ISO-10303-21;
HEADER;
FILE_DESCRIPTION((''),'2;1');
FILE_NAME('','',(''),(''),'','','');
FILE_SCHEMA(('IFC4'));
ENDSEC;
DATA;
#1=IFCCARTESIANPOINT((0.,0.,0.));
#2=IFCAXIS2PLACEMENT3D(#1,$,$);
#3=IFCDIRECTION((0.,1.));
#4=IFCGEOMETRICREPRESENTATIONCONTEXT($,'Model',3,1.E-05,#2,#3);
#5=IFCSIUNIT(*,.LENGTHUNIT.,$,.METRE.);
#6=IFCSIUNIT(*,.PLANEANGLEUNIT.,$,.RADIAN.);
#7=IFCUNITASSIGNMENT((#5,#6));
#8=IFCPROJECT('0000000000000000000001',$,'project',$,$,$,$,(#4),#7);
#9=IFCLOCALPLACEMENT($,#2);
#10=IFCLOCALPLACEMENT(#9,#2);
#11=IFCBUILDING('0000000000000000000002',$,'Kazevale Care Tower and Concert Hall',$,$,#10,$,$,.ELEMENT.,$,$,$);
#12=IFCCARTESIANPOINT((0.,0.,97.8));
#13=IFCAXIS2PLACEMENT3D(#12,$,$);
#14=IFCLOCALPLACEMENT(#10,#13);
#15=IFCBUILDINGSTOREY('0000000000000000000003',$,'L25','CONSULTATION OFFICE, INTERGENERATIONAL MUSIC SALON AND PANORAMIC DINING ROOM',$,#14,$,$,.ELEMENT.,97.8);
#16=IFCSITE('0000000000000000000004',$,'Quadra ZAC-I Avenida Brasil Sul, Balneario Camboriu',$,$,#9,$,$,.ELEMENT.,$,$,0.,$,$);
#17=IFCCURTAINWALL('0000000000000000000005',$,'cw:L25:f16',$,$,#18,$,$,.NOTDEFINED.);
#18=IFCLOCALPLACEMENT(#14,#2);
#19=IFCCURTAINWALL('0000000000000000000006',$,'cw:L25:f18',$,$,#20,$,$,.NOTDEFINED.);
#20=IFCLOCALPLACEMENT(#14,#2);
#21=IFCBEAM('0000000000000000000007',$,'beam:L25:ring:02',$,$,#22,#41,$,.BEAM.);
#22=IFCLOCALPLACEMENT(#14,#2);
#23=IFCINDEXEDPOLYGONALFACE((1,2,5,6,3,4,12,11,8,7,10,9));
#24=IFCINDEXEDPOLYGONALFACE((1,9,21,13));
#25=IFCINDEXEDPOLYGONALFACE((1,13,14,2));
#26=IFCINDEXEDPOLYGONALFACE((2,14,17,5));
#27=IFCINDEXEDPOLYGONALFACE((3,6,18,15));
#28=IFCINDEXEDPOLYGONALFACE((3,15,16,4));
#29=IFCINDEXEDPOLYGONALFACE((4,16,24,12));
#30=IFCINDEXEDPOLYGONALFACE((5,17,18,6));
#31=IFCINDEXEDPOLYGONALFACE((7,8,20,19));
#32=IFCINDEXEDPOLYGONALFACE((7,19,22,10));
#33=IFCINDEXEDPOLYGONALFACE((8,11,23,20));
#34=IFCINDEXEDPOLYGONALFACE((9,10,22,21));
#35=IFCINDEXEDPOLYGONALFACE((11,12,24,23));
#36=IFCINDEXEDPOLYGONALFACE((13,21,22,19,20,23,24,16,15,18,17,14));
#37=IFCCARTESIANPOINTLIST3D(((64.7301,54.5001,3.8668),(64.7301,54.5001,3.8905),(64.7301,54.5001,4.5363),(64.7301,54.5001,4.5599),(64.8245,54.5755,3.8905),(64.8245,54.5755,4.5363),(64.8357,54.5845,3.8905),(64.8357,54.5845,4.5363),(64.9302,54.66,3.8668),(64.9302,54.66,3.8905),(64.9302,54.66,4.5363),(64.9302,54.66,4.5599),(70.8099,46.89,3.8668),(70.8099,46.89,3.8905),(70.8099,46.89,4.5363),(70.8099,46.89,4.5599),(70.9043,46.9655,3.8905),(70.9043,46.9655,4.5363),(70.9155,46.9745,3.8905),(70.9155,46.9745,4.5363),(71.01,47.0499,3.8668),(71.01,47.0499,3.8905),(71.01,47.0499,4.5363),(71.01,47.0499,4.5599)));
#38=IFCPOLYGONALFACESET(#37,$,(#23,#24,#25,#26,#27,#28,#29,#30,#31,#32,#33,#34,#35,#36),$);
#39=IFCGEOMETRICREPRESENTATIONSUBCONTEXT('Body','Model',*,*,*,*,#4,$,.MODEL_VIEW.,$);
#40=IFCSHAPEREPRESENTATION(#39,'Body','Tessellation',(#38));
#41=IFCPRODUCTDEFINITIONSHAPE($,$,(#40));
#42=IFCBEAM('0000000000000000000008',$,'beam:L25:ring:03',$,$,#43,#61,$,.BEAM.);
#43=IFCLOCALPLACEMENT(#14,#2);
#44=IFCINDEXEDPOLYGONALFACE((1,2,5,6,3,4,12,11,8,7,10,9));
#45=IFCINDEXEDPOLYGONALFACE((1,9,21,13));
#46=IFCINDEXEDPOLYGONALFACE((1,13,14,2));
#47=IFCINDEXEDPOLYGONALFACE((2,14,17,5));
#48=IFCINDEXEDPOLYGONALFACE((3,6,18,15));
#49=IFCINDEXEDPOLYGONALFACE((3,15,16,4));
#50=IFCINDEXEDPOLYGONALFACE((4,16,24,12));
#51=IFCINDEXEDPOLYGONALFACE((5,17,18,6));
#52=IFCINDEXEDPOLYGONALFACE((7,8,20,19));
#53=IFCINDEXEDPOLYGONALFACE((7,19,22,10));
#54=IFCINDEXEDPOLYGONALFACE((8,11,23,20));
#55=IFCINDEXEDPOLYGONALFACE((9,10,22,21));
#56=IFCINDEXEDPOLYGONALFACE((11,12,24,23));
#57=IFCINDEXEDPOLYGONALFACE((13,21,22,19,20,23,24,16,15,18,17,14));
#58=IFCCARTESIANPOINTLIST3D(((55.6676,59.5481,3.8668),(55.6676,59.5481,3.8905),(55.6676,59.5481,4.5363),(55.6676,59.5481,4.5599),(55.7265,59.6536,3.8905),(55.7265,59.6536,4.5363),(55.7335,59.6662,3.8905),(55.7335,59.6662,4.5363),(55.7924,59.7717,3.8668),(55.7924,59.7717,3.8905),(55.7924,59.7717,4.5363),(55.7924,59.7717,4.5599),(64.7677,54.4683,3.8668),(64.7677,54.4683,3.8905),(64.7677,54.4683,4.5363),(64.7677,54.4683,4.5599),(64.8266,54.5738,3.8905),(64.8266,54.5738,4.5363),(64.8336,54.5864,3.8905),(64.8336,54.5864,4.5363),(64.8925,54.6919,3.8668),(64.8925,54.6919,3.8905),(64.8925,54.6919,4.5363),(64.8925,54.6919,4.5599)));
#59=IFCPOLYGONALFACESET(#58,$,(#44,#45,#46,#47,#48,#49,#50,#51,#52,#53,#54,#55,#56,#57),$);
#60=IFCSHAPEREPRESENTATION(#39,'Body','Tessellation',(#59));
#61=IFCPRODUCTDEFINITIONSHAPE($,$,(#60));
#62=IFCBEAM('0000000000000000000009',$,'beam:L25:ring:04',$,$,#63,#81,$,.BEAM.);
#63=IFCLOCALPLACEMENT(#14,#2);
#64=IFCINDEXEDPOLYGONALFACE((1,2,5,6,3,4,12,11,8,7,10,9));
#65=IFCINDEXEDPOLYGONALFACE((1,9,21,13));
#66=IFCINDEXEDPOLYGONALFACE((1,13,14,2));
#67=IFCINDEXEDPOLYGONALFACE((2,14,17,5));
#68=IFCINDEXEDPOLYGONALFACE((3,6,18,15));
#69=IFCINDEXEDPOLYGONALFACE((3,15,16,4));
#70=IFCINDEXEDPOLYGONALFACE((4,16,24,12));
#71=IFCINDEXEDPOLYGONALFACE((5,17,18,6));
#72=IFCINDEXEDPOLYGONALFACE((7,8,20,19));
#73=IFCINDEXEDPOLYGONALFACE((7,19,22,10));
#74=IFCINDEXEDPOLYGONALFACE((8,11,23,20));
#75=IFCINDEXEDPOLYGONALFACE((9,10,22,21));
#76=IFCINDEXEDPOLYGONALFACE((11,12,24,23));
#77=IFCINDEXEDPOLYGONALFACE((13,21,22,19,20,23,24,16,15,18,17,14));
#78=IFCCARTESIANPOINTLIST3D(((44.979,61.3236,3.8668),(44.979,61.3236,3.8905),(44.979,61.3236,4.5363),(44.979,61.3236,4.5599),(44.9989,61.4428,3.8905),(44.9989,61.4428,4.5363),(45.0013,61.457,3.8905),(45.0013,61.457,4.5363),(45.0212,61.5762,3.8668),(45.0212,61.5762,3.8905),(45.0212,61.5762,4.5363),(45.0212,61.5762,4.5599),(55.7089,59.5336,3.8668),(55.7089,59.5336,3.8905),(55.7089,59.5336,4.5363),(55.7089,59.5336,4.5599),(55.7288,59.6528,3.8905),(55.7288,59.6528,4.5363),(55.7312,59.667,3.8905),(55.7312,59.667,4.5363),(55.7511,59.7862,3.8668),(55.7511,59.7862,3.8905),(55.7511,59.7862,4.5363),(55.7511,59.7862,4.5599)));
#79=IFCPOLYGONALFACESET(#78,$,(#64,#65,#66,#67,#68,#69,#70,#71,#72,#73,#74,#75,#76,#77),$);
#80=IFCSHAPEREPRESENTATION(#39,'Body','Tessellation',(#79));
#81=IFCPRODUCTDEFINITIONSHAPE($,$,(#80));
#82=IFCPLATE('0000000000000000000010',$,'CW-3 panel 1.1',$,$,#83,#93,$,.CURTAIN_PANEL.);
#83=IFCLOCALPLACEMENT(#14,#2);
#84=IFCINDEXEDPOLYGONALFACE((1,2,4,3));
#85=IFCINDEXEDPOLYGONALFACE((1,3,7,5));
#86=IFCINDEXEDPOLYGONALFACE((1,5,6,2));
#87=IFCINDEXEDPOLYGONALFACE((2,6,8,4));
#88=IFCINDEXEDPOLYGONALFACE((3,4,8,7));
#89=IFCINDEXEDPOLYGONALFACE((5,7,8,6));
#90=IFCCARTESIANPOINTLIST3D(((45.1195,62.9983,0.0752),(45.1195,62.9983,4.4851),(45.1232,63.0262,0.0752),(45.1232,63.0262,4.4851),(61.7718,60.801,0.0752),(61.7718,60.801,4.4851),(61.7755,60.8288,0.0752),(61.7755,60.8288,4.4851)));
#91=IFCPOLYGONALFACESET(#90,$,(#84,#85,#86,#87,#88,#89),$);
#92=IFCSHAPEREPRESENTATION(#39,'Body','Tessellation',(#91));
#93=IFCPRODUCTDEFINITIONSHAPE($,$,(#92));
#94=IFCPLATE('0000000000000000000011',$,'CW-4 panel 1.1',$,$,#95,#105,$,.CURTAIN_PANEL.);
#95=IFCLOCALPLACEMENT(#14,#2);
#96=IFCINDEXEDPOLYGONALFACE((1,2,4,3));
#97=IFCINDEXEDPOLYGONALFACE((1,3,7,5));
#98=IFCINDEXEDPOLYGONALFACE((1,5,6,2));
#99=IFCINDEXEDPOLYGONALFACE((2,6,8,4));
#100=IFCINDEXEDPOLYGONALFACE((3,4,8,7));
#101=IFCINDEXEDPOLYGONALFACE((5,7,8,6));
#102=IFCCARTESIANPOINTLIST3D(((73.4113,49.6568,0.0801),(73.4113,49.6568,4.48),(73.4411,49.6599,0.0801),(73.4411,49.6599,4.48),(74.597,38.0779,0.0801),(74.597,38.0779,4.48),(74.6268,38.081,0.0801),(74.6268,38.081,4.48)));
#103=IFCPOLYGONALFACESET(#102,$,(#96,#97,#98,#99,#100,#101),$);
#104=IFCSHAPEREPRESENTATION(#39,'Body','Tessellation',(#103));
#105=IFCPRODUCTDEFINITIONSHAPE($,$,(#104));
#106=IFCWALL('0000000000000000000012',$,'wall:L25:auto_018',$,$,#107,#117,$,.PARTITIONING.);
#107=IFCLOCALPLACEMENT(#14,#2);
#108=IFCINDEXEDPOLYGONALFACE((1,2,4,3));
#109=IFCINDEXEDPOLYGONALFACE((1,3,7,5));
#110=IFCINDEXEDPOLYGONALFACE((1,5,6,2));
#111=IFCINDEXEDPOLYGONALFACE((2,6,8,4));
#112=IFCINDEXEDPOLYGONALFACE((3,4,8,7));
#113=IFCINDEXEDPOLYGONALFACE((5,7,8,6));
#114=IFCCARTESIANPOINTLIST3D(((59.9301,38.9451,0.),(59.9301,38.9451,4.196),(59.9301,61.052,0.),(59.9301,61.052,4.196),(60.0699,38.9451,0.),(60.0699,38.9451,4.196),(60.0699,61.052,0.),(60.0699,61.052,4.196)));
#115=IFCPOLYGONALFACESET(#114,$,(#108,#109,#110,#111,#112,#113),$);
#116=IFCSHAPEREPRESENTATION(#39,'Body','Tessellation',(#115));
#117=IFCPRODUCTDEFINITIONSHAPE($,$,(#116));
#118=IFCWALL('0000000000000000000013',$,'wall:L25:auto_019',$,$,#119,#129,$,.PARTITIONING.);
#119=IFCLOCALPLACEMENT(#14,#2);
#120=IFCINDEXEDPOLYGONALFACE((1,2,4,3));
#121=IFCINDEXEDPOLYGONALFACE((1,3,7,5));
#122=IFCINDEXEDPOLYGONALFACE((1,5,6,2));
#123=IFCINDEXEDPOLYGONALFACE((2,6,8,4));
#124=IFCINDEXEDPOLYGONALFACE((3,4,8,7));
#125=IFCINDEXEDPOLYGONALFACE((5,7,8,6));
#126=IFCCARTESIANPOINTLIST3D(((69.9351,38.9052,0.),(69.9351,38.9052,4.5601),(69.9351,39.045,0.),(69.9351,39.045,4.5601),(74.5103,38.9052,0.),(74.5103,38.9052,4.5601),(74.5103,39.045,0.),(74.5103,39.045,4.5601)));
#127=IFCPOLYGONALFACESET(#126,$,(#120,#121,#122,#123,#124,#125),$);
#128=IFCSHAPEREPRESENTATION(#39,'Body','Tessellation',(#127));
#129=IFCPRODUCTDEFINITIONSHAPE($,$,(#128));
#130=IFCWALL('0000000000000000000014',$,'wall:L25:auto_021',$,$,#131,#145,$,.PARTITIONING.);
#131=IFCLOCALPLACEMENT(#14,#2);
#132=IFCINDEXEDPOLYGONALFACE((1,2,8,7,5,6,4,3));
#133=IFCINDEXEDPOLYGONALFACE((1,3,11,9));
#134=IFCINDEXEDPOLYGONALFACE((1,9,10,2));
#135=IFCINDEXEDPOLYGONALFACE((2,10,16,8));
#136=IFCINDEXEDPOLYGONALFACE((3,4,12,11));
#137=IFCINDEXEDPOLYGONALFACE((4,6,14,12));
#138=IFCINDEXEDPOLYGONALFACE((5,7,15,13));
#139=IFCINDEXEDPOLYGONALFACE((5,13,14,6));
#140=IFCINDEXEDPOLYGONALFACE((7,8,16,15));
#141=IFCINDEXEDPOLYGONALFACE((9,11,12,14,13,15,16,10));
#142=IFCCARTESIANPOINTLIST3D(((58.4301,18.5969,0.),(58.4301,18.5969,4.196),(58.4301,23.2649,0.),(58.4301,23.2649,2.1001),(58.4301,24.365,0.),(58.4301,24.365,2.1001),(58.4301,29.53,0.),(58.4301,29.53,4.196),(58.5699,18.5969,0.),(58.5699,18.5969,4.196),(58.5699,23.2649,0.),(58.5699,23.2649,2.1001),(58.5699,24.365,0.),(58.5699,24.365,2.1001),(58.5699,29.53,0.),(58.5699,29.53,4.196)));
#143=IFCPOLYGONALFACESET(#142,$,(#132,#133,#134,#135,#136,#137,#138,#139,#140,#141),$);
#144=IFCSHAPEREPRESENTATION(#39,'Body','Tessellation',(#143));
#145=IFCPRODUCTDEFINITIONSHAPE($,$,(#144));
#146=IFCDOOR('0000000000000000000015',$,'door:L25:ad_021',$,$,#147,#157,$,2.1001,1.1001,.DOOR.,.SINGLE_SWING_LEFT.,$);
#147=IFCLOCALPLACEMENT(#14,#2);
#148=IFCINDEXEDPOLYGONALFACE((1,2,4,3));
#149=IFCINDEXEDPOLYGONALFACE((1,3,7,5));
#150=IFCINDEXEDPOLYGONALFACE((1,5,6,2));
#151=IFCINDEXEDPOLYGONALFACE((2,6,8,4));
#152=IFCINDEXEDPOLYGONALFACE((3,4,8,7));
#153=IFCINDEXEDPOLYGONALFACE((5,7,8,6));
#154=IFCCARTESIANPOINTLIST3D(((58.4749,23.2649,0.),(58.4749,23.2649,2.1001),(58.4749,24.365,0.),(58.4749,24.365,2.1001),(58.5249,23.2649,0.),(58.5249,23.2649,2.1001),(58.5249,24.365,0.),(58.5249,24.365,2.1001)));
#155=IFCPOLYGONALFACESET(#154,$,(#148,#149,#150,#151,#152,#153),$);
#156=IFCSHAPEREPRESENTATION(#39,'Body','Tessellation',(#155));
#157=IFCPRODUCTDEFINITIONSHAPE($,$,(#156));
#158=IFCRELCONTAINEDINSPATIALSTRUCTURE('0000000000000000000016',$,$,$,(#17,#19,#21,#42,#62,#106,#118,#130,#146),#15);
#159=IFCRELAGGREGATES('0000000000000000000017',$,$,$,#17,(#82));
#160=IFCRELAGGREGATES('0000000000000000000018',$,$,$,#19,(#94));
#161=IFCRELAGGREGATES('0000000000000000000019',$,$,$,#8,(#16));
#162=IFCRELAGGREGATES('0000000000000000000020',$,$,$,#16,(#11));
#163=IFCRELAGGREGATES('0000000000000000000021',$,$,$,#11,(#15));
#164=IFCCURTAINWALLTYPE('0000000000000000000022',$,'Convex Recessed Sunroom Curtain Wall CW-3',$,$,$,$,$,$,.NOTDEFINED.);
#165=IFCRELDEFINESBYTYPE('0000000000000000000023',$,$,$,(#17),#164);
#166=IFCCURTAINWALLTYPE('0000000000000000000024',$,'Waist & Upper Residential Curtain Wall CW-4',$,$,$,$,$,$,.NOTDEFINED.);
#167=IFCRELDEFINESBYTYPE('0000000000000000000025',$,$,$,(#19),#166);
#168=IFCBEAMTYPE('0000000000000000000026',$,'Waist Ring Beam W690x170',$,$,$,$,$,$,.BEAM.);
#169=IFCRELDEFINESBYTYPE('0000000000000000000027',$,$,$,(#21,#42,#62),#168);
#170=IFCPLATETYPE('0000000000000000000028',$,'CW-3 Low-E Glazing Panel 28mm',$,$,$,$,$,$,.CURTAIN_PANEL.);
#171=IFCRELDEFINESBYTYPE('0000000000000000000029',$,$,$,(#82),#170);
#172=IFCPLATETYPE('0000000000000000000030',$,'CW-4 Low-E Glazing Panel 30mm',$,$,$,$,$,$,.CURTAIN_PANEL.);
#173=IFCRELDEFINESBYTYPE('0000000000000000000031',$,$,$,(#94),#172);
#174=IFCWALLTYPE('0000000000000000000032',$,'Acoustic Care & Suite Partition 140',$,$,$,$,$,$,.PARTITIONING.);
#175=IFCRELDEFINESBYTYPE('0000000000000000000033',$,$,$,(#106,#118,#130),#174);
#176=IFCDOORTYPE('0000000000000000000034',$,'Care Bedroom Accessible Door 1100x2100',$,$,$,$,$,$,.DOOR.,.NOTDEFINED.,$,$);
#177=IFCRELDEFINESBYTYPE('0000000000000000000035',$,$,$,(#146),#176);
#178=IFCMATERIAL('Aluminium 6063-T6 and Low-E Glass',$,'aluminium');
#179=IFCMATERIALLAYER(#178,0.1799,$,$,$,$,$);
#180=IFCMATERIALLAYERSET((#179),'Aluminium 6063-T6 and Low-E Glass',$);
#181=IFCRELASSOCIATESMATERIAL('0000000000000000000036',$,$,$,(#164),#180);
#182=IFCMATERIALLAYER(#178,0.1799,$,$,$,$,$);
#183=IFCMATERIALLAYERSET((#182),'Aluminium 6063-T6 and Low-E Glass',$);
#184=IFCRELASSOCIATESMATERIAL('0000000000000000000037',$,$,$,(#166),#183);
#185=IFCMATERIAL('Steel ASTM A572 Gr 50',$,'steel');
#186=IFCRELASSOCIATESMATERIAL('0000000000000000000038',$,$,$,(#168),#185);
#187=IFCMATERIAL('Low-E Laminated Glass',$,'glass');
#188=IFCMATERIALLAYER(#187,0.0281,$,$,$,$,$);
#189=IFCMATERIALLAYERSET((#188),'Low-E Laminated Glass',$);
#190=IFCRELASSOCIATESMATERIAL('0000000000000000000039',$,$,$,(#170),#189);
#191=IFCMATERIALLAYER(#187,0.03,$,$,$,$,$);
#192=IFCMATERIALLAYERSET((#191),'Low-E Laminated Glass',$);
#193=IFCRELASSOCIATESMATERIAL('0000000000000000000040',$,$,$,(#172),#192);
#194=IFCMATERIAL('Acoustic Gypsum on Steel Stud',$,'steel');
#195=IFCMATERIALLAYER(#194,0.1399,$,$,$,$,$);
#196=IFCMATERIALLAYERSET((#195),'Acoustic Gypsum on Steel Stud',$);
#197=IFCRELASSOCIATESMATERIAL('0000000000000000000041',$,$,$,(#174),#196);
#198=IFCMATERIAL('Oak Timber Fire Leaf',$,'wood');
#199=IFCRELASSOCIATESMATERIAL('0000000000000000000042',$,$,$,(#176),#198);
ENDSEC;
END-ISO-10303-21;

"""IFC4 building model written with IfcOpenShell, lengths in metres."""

from ifc_helpers import new_model, si_unit, direction, frame, frame_2d, origin, origin_2d, place, context, subcontext, project, spatial, rectangle, i_section, extrude, material, layer, layer_set, material_profile, profile_set, type_object, element, fill, aggregate, save


model = new_model("IFC4")

# Units and contexts
model_context = context("Model", 3, precision=1e-05, world=origin(), true_north=direction((0.0, 1.0)))
body_context = subcontext(model_context, "Body", "Model", "MODEL_VIEW")
ifc_project = project(units=[si_unit("LENGTHUNIT", "METRE"), si_unit("PLANEANGLEUNIT", "RADIAN")], contexts=[model_context])

# Site, building, storey
site_placement = place(None, origin())
site = spatial("IfcSite", under=ifc_project, at=site_placement, Name="Quadra ZAC-I Avenida Brasil Sul, Balneario Camboriu", CompositionType="ELEMENT", RefElevation=0.0)
building_placement = place(site_placement, origin())
building = spatial("IfcBuilding", under=site, at=building_placement, Name="Kazevale Care Tower and Concert Hall", CompositionType="ELEMENT")
storey_placement = place(building_placement, frame((0.0, 0.0, 97.8)))
storey = spatial("IfcBuildingStorey", under=building, at=storey_placement, Name="L25", Description="CONSULTATION OFFICE, INTERGENERATIONAL MUSIC SALON AND PANORAMIC DINING ROOM", CompositionType="ELEMENT", Elevation=97.8)

# Curtain wall
ifc_material_1 = material(Name="Aluminium 6063-T6 and Low-E Glass", Category="aluminium")
ifc_layer_1 = layer(ifc_material_1, 0.1799)
ifc_layer_set_1 = layer_set([ifc_layer_1], Name="Aluminium 6063-T6 and Low-E Glass")
curtain_wall_type_1 = type_object("IfcCurtainWallType", Name="Convex Recessed Sunroom Curtain Wall CW-3", PredefinedType="NOTDEFINED", material=ifc_layer_set_1)
curtain_wall_1_placement = place(storey_placement, origin())
curtain_wall_1 = element("IfcCurtainWall", 1, at=curtain_wall_1_placement, inside=storey, type_object=curtain_wall_type_1, Name="cw:L25:f16", PredefinedType="NOTDEFINED")

# Curtain wall
ifc_layer_2 = layer(ifc_material_1, 0.1799)
ifc_layer_set_2 = layer_set([ifc_layer_2], Name="Aluminium 6063-T6 and Low-E Glass")
curtain_wall_type_2 = type_object("IfcCurtainWallType", Name="Waist & Upper Residential Curtain Wall CW-4", PredefinedType="NOTDEFINED", material=ifc_layer_set_2)
curtain_wall_2_placement = place(storey_placement, origin())
curtain_wall_2 = element("IfcCurtainWall", 2, at=curtain_wall_2_placement, inside=storey, type_object=curtain_wall_type_2, Name="cw:L25:f18", PredefinedType="NOTDEFINED")

# Beams
ifc_material_2 = material(Name="Steel ASTM A572 Gr 50", Category="steel")
ifc_material_profile_1 = material_profile(ifc_material_2, i_section(OverallWidth=0.2561, OverallDepth=0.6931, WebThickness=0.0144, FlangeThickness=0.0237, at=origin_2d()), Name="W690x170")
ifc_profile_set_1 = profile_set([ifc_material_profile_1], Name="Steel ASTM A572 Gr 50")
beam_type_1 = type_object("IfcBeamType", Name="Waist Ring Beam W690x170", PredefinedType="BEAM", material=ifc_profile_set_1)
beam_1_placement = place(storey_placement, frame((70.9099, 46.97, 4.2134), z_axis=(-0.624178, 0.781282, 0.0), x_axis=(-0.781282, -0.624178, 0.0)))
element("IfcBeam", 3, at=beam_1_placement, inside=storey, type_object=beam_type_1, Name="beam:L25:ring:02", PredefinedType="BEAM", context=body_context, shape_type="SweptSolid", body=[
    extrude(i_section(OverallWidth=0.2561, OverallDepth=0.6931, WebThickness=0.0144, FlangeThickness=0.0237, at=origin_2d()), origin(), (0.0, 0.0, 1.0), 9.7405),
])
beam_2_placement = place(storey_placement, frame((64.8301, 54.5801, 4.2134), z_axis=(-0.873169, 0.487418, 0.0), x_axis=(-0.487418, -0.873169, 0.0)))
element("IfcBeam", 4, at=beam_2_placement, inside=storey, type_object=beam_type_1, Name="beam:L25:ring:03", PredefinedType="BEAM", context=body_context, shape_type="SweptSolid", body=[
    extrude(i_section(OverallWidth=0.2561, OverallDepth=0.6931, WebThickness=0.0144, FlangeThickness=0.0237, at=origin_2d()), origin(), (0.0, 0.0, 1.0), 10.4219),
])
beam_3_placement = place(storey_placement, frame((55.73, 59.6599, 4.2134), z_axis=(-0.986368, 0.164552, 0.0), x_axis=(-0.164552, -0.986368, 0.0)))
element("IfcBeam", 5, at=beam_3_placement, inside=storey, type_object=beam_type_1, Name="beam:L25:ring:04", PredefinedType="BEAM", context=body_context, shape_type="SweptSolid", body=[
    extrude(i_section(OverallWidth=0.2561, OverallDepth=0.6931, WebThickness=0.0144, FlangeThickness=0.0237, at=origin_2d()), origin(), (0.0, 0.0, 1.0), 10.8782),
])

# Plates
ifc_material_3 = material(Name="Low-E Laminated Glass", Category="glass")
ifc_layer_3 = layer(ifc_material_3, 0.0281)
ifc_layer_set_3 = layer_set([ifc_layer_3], Name="Low-E Laminated Glass")
plate_type_1 = type_object("IfcPlateType", Name="CW-3 Low-E Glazing Panel 28mm", PredefinedType="CURTAIN_PANEL", material=ifc_layer_set_3)
plate_1_placement = place(storey_placement, frame((53.4475, 61.9136, 0.0752), z_axis=(0.0, 0.0, 1.0), x_axis=(0.991406, -0.130822, 0.0)))
plate_1 = element("IfcPlate", 6, at=plate_1_placement, type_object=plate_type_1, Name="CW-3 panel 1.1", PredefinedType="CURTAIN_PANEL", context=body_context, shape_type="SweptSolid", body=[
    extrude(rectangle(XDim=16.7966, YDim=0.0281, at=origin_2d()), origin(), (0.0, 0.0, 1.0), 4.4099),
])
aggregate(curtain_wall_1, [plate_1])
ifc_layer_4 = layer(ifc_material_3, 0.03)
ifc_layer_set_4 = layer_set([ifc_layer_4], Name="Low-E Laminated Glass")
plate_type_2 = type_object("IfcPlateType", Name="CW-4 Low-E Glazing Panel 30mm", PredefinedType="CURTAIN_PANEL", material=ifc_layer_set_4)
plate_2_placement = place(storey_placement, frame((74.019, 43.8689, 0.0801), z_axis=(0.0, 0.0, 1.0), x_axis=(0.10187, -0.994798, 0.0)))
plate_2 = element("IfcPlate", 7, at=plate_2_placement, type_object=plate_type_2, Name="CW-4 panel 1.1", PredefinedType="CURTAIN_PANEL", context=body_context, shape_type="SweptSolid", body=[
    extrude(rectangle(XDim=11.6394, YDim=0.03, at=origin_2d()), origin(), (0.0, 0.0, 1.0), 4.3999),
])
aggregate(curtain_wall_2, [plate_2])

# Walls
ifc_material_4 = material(Name="Acoustic Gypsum on Steel Stud", Category="steel")
ifc_layer_5 = layer(ifc_material_4, 0.1399)
ifc_layer_set_5 = layer_set([ifc_layer_5], Name="Acoustic Gypsum on Steel Stud")
wall_type_1 = type_object("IfcWallType", Name="Acoustic Care & Suite Partition 140", PredefinedType="PARTITIONING", material=ifc_layer_set_5)
wall_1_placement = place(storey_placement, frame((60.0, 61.052, 0.0), z_axis=(0.0, 0.0, 1.0), x_axis=(0.0, -1.0, 0.0)))
element("IfcWall", 8, at=wall_1_placement, inside=storey, type_object=wall_type_1, Name="wall:L25:auto_018", PredefinedType="PARTITIONING", context=body_context, shape_type="SweptSolid", body=[
    extrude(rectangle(XDim=22.1069, YDim=0.1399, at=frame_2d((11.0535, 0.0))), origin(), (0.0, 0.0, 1.0), 4.196),
])
wall_2_placement = place(storey_placement, frame((74.5103, 38.9751, 0.0), z_axis=(0.0, 0.0, 1.0), x_axis=(-1.0, 0.0, 0.0)))
element("IfcWall", 9, at=wall_2_placement, inside=storey, type_object=wall_type_1, Name="wall:L25:auto_019", PredefinedType="PARTITIONING", context=body_context, shape_type="SweptSolid", body=[
    extrude(rectangle(XDim=4.5752, YDim=0.1399, at=frame_2d((2.2876, 0.0))), origin(), (0.0, 0.0, 1.0), 4.5601),
])

# Wall, opening, door
wall_3_placement = place(storey_placement, frame((58.5, 29.53, 0.0), z_axis=(0.0, 0.0, 1.0), x_axis=(0.0, -1.0, 0.0)))
wall_3 = element("IfcWall", 10, at=wall_3_placement, inside=storey, type_object=wall_type_1, Name="wall:L25:auto_021", PredefinedType="PARTITIONING", context=body_context, shape_type="SweptSolid", body=[
    extrude(rectangle(XDim=10.9331, YDim=0.1399, at=frame_2d((5.4666, 0.0))), origin(), (0.0, 0.0, 1.0), 4.196),
])
opening_1_placement = place(wall_3_placement, frame((5.165, 0.0, 0.0)))
opening_1 = element("IfcOpeningElement", 11, at=opening_1_placement, cuts=wall_3, PredefinedType="OPENING", context=body_context, shape_type="SweptSolid", body=[
    extrude(rectangle(XDim=1.1001, YDim=2.1001, at=frame_2d((0.55, 1.05))), frame((0.0, 0.0798, 0.0), z_axis=(0.0, -1.0, 0.0), x_axis=(1.0, 0.0, 0.0)), (0.0, 0.0, 1.0), 0.1599),
])
ifc_material_5 = material(Name="Oak Timber Fire Leaf", Category="wood")
door_type = type_object("IfcDoorType", Name="Care Bedroom Accessible Door 1100x2100", OperationType="NOTDEFINED", PredefinedType="DOOR", material=ifc_material_5)
door_1_placement = place(opening_1_placement, origin())
door_1 = element("IfcDoor", 12, at=door_1_placement, inside=storey, type_object=door_type, Name="door:L25:ad_021", OperationType="SINGLE_SWING_LEFT", OverallHeight=2.1001, OverallWidth=1.1001, PredefinedType="DOOR", context=body_context, shape_type="SweptSolid", body=[
    extrude(rectangle(XDim=1.1001, YDim=2.1001, at=frame_2d((0.55, 1.05))), frame((0.0, 0.0249, 0.0), z_axis=(0.0, -1.0, 0.0), x_axis=(1.0, 0.0, 0.0)), (0.0, 0.0, 1.0), 0.05),
])
fill(opening_1, door_1)

save(model, "model.ifc")
